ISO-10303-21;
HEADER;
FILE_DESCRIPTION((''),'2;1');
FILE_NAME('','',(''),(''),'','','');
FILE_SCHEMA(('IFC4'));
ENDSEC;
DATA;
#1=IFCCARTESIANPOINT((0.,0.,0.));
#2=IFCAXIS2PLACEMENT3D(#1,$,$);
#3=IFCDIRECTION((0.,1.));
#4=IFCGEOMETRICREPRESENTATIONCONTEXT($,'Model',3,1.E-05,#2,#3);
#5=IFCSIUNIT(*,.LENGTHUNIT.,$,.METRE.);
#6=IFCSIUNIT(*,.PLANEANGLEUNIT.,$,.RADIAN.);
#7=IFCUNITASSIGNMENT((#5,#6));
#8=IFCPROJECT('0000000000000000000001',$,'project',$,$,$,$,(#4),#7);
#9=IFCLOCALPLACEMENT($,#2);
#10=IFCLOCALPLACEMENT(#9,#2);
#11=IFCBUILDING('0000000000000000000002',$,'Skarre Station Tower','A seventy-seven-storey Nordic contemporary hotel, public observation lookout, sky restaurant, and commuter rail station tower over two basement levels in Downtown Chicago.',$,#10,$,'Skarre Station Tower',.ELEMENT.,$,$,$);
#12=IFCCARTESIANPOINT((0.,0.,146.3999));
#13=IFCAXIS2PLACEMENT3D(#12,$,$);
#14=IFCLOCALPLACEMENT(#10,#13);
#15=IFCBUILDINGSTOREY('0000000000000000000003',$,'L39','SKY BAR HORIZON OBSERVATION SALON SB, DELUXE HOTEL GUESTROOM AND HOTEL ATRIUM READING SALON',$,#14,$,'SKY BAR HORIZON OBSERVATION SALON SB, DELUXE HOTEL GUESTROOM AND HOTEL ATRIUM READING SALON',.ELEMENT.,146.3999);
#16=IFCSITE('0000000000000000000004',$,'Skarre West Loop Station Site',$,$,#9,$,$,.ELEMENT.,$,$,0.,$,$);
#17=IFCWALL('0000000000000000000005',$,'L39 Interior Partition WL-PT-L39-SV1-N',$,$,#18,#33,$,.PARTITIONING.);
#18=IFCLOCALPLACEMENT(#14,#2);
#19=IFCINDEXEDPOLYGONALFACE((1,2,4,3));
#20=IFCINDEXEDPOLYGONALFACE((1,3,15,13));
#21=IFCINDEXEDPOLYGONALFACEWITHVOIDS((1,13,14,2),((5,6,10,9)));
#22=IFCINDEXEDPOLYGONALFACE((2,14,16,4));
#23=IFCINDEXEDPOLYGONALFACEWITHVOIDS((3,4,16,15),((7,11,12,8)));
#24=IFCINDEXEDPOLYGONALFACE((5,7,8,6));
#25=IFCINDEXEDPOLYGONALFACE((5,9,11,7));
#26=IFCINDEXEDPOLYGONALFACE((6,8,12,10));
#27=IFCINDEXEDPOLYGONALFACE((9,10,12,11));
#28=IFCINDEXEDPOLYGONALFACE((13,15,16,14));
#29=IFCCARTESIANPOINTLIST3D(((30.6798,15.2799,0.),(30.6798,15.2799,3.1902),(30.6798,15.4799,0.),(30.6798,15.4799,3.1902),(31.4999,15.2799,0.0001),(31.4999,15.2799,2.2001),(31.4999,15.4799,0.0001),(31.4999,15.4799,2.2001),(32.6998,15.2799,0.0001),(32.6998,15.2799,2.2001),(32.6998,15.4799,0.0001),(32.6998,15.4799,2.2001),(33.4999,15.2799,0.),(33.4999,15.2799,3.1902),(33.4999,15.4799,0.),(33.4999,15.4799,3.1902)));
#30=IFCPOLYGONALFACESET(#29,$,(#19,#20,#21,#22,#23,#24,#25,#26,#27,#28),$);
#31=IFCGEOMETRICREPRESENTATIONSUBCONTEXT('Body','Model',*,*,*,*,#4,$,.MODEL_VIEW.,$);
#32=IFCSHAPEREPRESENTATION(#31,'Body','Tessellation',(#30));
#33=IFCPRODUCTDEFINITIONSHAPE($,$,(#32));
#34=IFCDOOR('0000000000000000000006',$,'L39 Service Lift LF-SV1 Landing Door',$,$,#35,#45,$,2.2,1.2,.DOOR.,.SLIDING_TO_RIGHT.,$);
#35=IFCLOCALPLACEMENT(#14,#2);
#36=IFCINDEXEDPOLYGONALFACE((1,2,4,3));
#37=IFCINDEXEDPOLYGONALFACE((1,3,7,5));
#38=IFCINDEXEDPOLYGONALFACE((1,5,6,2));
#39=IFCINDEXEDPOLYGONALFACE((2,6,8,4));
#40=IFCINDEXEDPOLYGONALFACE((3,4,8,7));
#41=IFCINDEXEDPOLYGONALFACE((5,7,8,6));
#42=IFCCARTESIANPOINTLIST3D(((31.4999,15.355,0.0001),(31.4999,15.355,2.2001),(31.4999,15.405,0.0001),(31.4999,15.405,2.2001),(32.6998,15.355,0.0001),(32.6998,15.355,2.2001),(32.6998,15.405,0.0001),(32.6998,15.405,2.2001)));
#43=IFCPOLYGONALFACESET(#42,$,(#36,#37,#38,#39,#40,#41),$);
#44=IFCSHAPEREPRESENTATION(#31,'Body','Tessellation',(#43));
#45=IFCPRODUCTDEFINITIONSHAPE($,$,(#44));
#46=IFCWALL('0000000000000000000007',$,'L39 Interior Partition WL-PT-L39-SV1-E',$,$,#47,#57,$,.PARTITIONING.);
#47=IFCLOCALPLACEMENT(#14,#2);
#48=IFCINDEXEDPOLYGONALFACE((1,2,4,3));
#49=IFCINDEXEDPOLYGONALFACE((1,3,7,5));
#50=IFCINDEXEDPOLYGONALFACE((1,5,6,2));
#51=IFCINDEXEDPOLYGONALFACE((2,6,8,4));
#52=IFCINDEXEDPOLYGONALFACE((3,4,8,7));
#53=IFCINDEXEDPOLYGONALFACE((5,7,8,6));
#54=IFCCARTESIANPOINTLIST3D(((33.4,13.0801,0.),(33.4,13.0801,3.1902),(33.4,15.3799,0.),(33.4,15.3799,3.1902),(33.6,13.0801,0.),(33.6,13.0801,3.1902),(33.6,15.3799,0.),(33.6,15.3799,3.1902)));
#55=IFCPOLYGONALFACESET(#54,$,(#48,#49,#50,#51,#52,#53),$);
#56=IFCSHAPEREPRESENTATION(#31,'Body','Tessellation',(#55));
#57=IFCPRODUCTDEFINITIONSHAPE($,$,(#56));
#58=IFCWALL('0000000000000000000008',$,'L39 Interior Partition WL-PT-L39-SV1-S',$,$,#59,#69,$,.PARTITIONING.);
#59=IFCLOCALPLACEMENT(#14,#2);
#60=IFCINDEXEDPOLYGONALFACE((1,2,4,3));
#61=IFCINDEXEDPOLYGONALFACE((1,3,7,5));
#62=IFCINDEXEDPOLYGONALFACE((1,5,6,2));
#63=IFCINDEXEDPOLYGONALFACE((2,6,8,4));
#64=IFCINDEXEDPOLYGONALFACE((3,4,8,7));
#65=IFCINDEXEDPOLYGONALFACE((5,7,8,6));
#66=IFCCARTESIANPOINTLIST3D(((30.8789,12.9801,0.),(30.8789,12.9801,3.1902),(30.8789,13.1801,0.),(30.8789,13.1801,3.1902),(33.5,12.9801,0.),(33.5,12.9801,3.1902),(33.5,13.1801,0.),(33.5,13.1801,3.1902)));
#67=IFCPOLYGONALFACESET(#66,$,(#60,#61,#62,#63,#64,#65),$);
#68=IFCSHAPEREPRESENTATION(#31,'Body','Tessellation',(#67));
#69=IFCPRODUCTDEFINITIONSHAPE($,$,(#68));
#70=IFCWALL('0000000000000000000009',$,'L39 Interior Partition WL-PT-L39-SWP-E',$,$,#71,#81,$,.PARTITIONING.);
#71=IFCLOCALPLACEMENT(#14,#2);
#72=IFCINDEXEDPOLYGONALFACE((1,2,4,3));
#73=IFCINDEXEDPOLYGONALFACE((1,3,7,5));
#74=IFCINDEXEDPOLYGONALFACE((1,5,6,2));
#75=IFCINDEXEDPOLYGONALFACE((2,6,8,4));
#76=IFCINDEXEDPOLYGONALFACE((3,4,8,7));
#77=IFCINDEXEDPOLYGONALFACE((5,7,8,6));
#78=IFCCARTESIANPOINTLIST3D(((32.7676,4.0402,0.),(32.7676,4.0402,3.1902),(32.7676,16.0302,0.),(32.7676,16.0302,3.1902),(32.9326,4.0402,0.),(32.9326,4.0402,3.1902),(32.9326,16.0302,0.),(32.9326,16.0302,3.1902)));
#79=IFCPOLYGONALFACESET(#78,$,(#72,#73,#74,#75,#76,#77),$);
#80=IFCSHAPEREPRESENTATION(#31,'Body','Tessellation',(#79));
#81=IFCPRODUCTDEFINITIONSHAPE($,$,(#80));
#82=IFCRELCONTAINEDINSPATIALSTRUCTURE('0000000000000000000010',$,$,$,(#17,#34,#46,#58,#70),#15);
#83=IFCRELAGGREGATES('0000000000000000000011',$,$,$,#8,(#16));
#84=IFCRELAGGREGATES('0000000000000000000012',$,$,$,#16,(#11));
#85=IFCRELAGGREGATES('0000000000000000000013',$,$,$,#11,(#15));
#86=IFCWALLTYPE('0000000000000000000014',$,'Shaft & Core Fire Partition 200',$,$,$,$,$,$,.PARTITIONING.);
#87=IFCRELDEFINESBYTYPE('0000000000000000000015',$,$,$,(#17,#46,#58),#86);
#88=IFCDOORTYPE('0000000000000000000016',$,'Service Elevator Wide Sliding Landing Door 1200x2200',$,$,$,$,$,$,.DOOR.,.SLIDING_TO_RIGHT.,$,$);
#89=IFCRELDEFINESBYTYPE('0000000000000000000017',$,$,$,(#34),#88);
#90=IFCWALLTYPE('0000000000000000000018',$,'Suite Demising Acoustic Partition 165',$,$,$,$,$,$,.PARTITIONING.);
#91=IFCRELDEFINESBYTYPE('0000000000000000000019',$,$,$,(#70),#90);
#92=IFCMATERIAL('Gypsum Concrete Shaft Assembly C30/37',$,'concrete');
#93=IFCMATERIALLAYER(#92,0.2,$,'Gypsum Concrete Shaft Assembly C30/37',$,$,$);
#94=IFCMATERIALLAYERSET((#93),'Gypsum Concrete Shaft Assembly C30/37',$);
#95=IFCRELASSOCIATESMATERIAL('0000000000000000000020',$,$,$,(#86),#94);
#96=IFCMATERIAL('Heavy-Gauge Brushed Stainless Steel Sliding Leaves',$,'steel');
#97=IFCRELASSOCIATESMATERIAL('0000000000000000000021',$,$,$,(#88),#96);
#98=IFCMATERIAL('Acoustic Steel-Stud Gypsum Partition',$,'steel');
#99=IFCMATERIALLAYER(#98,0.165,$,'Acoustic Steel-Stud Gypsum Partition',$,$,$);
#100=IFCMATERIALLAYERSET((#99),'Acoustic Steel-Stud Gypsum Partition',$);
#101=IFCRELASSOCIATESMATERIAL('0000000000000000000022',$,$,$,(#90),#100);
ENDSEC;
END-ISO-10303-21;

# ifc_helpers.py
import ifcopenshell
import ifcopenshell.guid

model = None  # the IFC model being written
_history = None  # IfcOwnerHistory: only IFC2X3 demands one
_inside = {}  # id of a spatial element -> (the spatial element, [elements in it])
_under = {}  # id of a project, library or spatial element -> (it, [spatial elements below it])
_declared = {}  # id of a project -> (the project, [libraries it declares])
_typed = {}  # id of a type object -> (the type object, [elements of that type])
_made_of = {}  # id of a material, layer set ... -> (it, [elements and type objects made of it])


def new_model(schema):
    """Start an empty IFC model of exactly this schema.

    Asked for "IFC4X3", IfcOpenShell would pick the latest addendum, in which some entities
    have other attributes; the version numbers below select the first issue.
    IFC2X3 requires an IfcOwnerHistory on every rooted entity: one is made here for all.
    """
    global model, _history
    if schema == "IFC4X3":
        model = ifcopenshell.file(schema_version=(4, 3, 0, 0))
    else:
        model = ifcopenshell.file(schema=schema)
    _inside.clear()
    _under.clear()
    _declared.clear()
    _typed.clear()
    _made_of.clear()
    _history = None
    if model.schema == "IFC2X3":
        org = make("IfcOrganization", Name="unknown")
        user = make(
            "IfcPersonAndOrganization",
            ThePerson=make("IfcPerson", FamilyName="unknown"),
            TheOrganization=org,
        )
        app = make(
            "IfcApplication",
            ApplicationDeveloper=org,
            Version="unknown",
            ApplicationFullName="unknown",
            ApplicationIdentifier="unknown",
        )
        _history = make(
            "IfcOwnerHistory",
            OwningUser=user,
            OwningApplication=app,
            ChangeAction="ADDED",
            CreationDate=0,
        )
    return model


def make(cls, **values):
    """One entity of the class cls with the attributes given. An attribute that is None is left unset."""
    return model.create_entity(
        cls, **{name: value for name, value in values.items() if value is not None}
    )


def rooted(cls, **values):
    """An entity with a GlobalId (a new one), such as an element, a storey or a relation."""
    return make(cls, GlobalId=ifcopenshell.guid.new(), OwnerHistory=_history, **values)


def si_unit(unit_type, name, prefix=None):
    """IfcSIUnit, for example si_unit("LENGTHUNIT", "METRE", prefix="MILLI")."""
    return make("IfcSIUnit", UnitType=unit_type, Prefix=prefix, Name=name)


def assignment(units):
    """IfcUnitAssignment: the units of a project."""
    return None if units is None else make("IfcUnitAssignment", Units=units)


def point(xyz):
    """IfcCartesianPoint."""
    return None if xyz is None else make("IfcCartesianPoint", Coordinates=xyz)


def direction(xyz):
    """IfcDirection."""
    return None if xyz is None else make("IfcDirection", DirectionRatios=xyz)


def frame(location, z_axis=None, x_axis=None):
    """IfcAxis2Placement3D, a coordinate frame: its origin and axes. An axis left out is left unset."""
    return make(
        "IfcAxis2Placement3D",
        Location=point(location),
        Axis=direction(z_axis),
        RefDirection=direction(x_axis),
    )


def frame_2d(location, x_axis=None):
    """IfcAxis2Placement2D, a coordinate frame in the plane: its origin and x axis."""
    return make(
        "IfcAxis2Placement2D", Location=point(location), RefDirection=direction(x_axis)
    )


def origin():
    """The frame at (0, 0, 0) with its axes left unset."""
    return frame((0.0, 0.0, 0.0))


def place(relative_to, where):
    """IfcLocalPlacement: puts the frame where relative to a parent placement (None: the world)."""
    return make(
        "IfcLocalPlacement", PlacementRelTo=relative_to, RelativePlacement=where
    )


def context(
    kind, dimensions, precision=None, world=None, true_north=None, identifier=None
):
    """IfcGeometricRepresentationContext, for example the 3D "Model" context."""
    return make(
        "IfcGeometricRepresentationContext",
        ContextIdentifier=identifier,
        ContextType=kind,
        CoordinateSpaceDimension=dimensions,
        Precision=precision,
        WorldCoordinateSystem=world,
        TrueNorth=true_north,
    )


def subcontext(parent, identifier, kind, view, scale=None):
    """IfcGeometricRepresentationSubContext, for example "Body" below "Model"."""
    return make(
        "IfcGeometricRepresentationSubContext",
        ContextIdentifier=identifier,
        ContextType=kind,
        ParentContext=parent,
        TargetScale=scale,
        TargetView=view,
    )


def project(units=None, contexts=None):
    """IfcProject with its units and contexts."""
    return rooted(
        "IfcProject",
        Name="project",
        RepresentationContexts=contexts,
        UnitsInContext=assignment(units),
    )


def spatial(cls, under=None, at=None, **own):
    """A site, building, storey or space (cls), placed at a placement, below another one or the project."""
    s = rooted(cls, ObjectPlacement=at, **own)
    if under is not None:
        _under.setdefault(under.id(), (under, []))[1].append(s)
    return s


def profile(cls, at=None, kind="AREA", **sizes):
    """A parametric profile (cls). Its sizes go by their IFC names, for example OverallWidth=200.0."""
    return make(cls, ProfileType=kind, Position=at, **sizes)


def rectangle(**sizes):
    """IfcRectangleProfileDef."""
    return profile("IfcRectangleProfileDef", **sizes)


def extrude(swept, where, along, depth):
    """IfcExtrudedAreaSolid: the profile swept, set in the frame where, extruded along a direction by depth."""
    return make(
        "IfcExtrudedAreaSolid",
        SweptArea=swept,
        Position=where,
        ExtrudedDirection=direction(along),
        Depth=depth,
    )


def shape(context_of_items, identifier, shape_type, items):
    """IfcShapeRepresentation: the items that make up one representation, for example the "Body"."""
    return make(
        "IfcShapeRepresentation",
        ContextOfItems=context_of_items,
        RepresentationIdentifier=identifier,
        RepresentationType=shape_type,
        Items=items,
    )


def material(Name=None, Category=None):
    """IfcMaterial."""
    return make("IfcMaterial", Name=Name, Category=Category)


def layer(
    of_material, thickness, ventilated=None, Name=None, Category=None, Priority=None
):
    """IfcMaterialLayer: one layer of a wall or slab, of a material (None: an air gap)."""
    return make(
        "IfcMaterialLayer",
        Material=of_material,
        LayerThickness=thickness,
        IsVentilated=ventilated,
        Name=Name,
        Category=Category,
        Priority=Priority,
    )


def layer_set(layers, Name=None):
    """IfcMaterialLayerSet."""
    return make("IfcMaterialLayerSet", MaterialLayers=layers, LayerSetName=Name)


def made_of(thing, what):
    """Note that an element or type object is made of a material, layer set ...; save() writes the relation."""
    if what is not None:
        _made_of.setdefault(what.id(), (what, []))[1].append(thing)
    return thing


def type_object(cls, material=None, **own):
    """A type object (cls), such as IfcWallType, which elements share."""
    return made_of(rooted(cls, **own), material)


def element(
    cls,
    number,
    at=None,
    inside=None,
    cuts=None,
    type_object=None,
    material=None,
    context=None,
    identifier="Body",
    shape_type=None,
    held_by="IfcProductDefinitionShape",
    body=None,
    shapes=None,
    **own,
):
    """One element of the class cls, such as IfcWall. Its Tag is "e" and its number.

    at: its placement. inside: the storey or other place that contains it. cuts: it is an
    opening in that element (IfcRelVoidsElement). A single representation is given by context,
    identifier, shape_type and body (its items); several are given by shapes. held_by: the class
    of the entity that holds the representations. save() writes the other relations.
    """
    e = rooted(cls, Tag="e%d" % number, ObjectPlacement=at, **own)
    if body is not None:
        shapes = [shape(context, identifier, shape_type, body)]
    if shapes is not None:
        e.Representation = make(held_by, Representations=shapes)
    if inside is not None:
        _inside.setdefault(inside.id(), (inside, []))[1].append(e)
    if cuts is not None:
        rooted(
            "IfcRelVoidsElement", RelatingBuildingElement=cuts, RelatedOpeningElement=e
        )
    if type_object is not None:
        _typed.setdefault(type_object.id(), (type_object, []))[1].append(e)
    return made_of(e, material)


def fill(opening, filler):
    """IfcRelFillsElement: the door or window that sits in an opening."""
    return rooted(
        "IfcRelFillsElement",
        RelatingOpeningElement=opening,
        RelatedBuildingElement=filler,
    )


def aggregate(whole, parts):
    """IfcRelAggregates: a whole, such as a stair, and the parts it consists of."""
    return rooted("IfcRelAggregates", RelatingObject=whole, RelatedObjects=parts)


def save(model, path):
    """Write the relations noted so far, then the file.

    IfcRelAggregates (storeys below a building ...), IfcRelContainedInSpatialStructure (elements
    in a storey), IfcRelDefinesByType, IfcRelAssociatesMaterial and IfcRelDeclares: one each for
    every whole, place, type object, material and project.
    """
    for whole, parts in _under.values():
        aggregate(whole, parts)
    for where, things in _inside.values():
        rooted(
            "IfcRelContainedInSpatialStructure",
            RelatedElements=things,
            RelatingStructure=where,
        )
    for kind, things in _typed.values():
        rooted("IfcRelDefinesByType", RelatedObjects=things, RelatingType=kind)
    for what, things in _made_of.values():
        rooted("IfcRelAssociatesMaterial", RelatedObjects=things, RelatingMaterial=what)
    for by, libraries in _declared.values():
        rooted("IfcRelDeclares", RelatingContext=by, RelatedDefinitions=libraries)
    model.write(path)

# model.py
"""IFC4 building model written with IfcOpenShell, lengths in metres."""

from ifc_helpers import new_model, si_unit, direction, frame, frame_2d, origin, place, context, subcontext, project, spatial, rectangle, extrude, material, layer, layer_set, type_object, element, fill, save


model = new_model("IFC4")

# Units and contexts
model_context = context("Model", 3, precision=1e-05, world=origin(), true_north=direction((0.0, 1.0)))
body_context = subcontext(model_context, "Body", "Model", "MODEL_VIEW")
ifc_project = project(units=[si_unit("LENGTHUNIT", "METRE"), si_unit("PLANEANGLEUNIT", "RADIAN")], contexts=[model_context])

# Site, building, storey
site_placement = place(None, origin())
site = spatial("IfcSite", under=ifc_project, at=site_placement, Name="Skarre West Loop Station Site", CompositionType="ELEMENT", RefElevation=0.0)
building_placement = place(site_placement, origin())
building = spatial("IfcBuilding", under=site, at=building_placement, Name="Skarre Station Tower", Description="A seventy-seven-storey Nordic contemporary hotel, public observation lookout, sky restaurant, and commuter rail station tower over two basement levels in Downtown Chicago.", LongName="Skarre Station Tower", CompositionType="ELEMENT")
storey_placement = place(building_placement, frame((0.0, 0.0, 146.3999)))
storey = spatial("IfcBuildingStorey", under=building, at=storey_placement, Name="L39", Description="SKY BAR HORIZON OBSERVATION SALON SB, DELUXE HOTEL GUESTROOM AND HOTEL ATRIUM READING SALON", LongName="SKY BAR HORIZON OBSERVATION SALON SB, DELUXE HOTEL GUESTROOM AND HOTEL ATRIUM READING SALON", CompositionType="ELEMENT", Elevation=146.3999)

# Wall, opening, door
ifc_material_1 = material(Name="Gypsum Concrete Shaft Assembly C30/37", Category="concrete")
ifc_layer_1 = layer(ifc_material_1, 0.2, Name="Gypsum Concrete Shaft Assembly C30/37")
ifc_layer_set_1 = layer_set([ifc_layer_1], Name="Gypsum Concrete Shaft Assembly C30/37")
wall_type_1 = type_object("IfcWallType", Name="Shaft & Core Fire Partition 200", PredefinedType="PARTITIONING", material=ifc_layer_set_1)
wall_1_placement = place(storey_placement, frame((33.5, 15.3799, 0.0), z_axis=(0.0, 0.0, 1.0), x_axis=(-1.0, 0.0, 0.0)))
wall_1 = element("IfcWall", 1, at=wall_1_placement, inside=storey, type_object=wall_type_1, Name="L39 Interior Partition WL-PT-L39-SV1-N", PredefinedType="PARTITIONING", context=body_context, shape_type="SweptSolid", body=[
    extrude(rectangle(XDim=2.8201, YDim=0.2, at=frame_2d((1.4102, 0.0))), origin(), (0.0, 0.0, 1.0), 3.1902),
])
opening_1_placement = place(wall_1_placement, frame((0.8, 0.0, 0.0)))
opening_1 = element("IfcOpeningElement", 2, at=opening_1_placement, cuts=wall_1, PredefinedType="OPENING", context=body_context, shape_type="SweptSolid", body=[
    extrude(rectangle(XDim=1.2, YDim=2.2, at=frame_2d((0.6001, 1.1001))), frame((0.0, 0.1099, 0.0), z_axis=(0.0, -1.0, 0.0), x_axis=(1.0, 0.0, 0.0)), (0.0, 0.0, 1.0), 0.22),
])
ifc_material_2 = material(Name="Heavy-Gauge Brushed Stainless Steel Sliding Leaves", Category="steel")
door_type = type_object("IfcDoorType", Name="Service Elevator Wide Sliding Landing Door 1200x2200", OperationType="SLIDING_TO_RIGHT", PredefinedType="DOOR", material=ifc_material_2)
door_placement = place(opening_1_placement, origin())
door = element("IfcDoor", 3, at=door_placement, inside=storey, type_object=door_type, Name="L39 Service Lift LF-SV1 Landing Door", OperationType="SLIDING_TO_RIGHT", OverallHeight=2.2, OverallWidth=1.2, PredefinedType="DOOR", context=body_context, shape_type="SweptSolid", body=[
    extrude(rectangle(XDim=1.2, YDim=2.2, at=frame_2d((0.6001, 1.1001))), frame((0.0, 0.0249, 0.0), z_axis=(0.0, -1.0, 0.0), x_axis=(1.0, 0.0, 0.0)), (0.0, 0.0, 1.0), 0.05),
])
fill(opening_1, door)

# Walls
wall_2_placement = place(storey_placement, frame((33.5, 13.0801, 0.0), z_axis=(0.0, 0.0, 1.0), x_axis=(0.0, 1.0, 0.0)))
element("IfcWall", 4, at=wall_2_placement, inside=storey, type_object=wall_type_1, Name="L39 Interior Partition WL-PT-L39-SV1-E", PredefinedType="PARTITIONING", context=body_context, shape_type="SweptSolid", body=[
    extrude(rectangle(XDim=2.2998, YDim=0.2, at=frame_2d((1.1499, 0.0))), origin(), (0.0, 0.0, 1.0), 3.1902),
])
wall_3_placement = place(storey_placement, frame((30.8789, 13.0801, 0.0), z_axis=(0.0, 0.0, 1.0), x_axis=(1.0, 0.0, 0.0)))
element("IfcWall", 5, at=wall_3_placement, inside=storey, type_object=wall_type_1, Name="L39 Interior Partition WL-PT-L39-SV1-S", PredefinedType="PARTITIONING", context=body_context, shape_type="SweptSolid", body=[
    extrude(rectangle(XDim=2.6211, YDim=0.2, at=frame_2d((1.3105, 0.0))), origin(), (0.0, 0.0, 1.0), 3.1902),
])
ifc_material_3 = material(Name="Acoustic Steel-Stud Gypsum Partition", Category="steel")
ifc_layer_2 = layer(ifc_material_3, 0.165, Name="Acoustic Steel-Stud Gypsum Partition")
ifc_layer_set_2 = layer_set([ifc_layer_2], Name="Acoustic Steel-Stud Gypsum Partition")
wall_type_2 = type_object("IfcWallType", Name="Suite Demising Acoustic Partition 165", PredefinedType="PARTITIONING", material=ifc_layer_set_2)
wall_4_placement = place(storey_placement, frame((32.8501, 4.04, 0.0), z_axis=(0.0, 0.0, 1.0), x_axis=(0.0, 1.0, 0.0)))
element("IfcWall", 6, at=wall_4_placement, inside=storey, type_object=wall_type_2, Name="L39 Interior Partition WL-PT-L39-SWP-E", PredefinedType="PARTITIONING", context=body_context, shape_type="SweptSolid", body=[
    extrude(rectangle(XDim=11.99, YDim=0.165, at=frame_2d((5.9951, 0.0))), origin(), (0.0, 0.0, 1.0), 3.1902),
])

save(model, "model.ifc")
